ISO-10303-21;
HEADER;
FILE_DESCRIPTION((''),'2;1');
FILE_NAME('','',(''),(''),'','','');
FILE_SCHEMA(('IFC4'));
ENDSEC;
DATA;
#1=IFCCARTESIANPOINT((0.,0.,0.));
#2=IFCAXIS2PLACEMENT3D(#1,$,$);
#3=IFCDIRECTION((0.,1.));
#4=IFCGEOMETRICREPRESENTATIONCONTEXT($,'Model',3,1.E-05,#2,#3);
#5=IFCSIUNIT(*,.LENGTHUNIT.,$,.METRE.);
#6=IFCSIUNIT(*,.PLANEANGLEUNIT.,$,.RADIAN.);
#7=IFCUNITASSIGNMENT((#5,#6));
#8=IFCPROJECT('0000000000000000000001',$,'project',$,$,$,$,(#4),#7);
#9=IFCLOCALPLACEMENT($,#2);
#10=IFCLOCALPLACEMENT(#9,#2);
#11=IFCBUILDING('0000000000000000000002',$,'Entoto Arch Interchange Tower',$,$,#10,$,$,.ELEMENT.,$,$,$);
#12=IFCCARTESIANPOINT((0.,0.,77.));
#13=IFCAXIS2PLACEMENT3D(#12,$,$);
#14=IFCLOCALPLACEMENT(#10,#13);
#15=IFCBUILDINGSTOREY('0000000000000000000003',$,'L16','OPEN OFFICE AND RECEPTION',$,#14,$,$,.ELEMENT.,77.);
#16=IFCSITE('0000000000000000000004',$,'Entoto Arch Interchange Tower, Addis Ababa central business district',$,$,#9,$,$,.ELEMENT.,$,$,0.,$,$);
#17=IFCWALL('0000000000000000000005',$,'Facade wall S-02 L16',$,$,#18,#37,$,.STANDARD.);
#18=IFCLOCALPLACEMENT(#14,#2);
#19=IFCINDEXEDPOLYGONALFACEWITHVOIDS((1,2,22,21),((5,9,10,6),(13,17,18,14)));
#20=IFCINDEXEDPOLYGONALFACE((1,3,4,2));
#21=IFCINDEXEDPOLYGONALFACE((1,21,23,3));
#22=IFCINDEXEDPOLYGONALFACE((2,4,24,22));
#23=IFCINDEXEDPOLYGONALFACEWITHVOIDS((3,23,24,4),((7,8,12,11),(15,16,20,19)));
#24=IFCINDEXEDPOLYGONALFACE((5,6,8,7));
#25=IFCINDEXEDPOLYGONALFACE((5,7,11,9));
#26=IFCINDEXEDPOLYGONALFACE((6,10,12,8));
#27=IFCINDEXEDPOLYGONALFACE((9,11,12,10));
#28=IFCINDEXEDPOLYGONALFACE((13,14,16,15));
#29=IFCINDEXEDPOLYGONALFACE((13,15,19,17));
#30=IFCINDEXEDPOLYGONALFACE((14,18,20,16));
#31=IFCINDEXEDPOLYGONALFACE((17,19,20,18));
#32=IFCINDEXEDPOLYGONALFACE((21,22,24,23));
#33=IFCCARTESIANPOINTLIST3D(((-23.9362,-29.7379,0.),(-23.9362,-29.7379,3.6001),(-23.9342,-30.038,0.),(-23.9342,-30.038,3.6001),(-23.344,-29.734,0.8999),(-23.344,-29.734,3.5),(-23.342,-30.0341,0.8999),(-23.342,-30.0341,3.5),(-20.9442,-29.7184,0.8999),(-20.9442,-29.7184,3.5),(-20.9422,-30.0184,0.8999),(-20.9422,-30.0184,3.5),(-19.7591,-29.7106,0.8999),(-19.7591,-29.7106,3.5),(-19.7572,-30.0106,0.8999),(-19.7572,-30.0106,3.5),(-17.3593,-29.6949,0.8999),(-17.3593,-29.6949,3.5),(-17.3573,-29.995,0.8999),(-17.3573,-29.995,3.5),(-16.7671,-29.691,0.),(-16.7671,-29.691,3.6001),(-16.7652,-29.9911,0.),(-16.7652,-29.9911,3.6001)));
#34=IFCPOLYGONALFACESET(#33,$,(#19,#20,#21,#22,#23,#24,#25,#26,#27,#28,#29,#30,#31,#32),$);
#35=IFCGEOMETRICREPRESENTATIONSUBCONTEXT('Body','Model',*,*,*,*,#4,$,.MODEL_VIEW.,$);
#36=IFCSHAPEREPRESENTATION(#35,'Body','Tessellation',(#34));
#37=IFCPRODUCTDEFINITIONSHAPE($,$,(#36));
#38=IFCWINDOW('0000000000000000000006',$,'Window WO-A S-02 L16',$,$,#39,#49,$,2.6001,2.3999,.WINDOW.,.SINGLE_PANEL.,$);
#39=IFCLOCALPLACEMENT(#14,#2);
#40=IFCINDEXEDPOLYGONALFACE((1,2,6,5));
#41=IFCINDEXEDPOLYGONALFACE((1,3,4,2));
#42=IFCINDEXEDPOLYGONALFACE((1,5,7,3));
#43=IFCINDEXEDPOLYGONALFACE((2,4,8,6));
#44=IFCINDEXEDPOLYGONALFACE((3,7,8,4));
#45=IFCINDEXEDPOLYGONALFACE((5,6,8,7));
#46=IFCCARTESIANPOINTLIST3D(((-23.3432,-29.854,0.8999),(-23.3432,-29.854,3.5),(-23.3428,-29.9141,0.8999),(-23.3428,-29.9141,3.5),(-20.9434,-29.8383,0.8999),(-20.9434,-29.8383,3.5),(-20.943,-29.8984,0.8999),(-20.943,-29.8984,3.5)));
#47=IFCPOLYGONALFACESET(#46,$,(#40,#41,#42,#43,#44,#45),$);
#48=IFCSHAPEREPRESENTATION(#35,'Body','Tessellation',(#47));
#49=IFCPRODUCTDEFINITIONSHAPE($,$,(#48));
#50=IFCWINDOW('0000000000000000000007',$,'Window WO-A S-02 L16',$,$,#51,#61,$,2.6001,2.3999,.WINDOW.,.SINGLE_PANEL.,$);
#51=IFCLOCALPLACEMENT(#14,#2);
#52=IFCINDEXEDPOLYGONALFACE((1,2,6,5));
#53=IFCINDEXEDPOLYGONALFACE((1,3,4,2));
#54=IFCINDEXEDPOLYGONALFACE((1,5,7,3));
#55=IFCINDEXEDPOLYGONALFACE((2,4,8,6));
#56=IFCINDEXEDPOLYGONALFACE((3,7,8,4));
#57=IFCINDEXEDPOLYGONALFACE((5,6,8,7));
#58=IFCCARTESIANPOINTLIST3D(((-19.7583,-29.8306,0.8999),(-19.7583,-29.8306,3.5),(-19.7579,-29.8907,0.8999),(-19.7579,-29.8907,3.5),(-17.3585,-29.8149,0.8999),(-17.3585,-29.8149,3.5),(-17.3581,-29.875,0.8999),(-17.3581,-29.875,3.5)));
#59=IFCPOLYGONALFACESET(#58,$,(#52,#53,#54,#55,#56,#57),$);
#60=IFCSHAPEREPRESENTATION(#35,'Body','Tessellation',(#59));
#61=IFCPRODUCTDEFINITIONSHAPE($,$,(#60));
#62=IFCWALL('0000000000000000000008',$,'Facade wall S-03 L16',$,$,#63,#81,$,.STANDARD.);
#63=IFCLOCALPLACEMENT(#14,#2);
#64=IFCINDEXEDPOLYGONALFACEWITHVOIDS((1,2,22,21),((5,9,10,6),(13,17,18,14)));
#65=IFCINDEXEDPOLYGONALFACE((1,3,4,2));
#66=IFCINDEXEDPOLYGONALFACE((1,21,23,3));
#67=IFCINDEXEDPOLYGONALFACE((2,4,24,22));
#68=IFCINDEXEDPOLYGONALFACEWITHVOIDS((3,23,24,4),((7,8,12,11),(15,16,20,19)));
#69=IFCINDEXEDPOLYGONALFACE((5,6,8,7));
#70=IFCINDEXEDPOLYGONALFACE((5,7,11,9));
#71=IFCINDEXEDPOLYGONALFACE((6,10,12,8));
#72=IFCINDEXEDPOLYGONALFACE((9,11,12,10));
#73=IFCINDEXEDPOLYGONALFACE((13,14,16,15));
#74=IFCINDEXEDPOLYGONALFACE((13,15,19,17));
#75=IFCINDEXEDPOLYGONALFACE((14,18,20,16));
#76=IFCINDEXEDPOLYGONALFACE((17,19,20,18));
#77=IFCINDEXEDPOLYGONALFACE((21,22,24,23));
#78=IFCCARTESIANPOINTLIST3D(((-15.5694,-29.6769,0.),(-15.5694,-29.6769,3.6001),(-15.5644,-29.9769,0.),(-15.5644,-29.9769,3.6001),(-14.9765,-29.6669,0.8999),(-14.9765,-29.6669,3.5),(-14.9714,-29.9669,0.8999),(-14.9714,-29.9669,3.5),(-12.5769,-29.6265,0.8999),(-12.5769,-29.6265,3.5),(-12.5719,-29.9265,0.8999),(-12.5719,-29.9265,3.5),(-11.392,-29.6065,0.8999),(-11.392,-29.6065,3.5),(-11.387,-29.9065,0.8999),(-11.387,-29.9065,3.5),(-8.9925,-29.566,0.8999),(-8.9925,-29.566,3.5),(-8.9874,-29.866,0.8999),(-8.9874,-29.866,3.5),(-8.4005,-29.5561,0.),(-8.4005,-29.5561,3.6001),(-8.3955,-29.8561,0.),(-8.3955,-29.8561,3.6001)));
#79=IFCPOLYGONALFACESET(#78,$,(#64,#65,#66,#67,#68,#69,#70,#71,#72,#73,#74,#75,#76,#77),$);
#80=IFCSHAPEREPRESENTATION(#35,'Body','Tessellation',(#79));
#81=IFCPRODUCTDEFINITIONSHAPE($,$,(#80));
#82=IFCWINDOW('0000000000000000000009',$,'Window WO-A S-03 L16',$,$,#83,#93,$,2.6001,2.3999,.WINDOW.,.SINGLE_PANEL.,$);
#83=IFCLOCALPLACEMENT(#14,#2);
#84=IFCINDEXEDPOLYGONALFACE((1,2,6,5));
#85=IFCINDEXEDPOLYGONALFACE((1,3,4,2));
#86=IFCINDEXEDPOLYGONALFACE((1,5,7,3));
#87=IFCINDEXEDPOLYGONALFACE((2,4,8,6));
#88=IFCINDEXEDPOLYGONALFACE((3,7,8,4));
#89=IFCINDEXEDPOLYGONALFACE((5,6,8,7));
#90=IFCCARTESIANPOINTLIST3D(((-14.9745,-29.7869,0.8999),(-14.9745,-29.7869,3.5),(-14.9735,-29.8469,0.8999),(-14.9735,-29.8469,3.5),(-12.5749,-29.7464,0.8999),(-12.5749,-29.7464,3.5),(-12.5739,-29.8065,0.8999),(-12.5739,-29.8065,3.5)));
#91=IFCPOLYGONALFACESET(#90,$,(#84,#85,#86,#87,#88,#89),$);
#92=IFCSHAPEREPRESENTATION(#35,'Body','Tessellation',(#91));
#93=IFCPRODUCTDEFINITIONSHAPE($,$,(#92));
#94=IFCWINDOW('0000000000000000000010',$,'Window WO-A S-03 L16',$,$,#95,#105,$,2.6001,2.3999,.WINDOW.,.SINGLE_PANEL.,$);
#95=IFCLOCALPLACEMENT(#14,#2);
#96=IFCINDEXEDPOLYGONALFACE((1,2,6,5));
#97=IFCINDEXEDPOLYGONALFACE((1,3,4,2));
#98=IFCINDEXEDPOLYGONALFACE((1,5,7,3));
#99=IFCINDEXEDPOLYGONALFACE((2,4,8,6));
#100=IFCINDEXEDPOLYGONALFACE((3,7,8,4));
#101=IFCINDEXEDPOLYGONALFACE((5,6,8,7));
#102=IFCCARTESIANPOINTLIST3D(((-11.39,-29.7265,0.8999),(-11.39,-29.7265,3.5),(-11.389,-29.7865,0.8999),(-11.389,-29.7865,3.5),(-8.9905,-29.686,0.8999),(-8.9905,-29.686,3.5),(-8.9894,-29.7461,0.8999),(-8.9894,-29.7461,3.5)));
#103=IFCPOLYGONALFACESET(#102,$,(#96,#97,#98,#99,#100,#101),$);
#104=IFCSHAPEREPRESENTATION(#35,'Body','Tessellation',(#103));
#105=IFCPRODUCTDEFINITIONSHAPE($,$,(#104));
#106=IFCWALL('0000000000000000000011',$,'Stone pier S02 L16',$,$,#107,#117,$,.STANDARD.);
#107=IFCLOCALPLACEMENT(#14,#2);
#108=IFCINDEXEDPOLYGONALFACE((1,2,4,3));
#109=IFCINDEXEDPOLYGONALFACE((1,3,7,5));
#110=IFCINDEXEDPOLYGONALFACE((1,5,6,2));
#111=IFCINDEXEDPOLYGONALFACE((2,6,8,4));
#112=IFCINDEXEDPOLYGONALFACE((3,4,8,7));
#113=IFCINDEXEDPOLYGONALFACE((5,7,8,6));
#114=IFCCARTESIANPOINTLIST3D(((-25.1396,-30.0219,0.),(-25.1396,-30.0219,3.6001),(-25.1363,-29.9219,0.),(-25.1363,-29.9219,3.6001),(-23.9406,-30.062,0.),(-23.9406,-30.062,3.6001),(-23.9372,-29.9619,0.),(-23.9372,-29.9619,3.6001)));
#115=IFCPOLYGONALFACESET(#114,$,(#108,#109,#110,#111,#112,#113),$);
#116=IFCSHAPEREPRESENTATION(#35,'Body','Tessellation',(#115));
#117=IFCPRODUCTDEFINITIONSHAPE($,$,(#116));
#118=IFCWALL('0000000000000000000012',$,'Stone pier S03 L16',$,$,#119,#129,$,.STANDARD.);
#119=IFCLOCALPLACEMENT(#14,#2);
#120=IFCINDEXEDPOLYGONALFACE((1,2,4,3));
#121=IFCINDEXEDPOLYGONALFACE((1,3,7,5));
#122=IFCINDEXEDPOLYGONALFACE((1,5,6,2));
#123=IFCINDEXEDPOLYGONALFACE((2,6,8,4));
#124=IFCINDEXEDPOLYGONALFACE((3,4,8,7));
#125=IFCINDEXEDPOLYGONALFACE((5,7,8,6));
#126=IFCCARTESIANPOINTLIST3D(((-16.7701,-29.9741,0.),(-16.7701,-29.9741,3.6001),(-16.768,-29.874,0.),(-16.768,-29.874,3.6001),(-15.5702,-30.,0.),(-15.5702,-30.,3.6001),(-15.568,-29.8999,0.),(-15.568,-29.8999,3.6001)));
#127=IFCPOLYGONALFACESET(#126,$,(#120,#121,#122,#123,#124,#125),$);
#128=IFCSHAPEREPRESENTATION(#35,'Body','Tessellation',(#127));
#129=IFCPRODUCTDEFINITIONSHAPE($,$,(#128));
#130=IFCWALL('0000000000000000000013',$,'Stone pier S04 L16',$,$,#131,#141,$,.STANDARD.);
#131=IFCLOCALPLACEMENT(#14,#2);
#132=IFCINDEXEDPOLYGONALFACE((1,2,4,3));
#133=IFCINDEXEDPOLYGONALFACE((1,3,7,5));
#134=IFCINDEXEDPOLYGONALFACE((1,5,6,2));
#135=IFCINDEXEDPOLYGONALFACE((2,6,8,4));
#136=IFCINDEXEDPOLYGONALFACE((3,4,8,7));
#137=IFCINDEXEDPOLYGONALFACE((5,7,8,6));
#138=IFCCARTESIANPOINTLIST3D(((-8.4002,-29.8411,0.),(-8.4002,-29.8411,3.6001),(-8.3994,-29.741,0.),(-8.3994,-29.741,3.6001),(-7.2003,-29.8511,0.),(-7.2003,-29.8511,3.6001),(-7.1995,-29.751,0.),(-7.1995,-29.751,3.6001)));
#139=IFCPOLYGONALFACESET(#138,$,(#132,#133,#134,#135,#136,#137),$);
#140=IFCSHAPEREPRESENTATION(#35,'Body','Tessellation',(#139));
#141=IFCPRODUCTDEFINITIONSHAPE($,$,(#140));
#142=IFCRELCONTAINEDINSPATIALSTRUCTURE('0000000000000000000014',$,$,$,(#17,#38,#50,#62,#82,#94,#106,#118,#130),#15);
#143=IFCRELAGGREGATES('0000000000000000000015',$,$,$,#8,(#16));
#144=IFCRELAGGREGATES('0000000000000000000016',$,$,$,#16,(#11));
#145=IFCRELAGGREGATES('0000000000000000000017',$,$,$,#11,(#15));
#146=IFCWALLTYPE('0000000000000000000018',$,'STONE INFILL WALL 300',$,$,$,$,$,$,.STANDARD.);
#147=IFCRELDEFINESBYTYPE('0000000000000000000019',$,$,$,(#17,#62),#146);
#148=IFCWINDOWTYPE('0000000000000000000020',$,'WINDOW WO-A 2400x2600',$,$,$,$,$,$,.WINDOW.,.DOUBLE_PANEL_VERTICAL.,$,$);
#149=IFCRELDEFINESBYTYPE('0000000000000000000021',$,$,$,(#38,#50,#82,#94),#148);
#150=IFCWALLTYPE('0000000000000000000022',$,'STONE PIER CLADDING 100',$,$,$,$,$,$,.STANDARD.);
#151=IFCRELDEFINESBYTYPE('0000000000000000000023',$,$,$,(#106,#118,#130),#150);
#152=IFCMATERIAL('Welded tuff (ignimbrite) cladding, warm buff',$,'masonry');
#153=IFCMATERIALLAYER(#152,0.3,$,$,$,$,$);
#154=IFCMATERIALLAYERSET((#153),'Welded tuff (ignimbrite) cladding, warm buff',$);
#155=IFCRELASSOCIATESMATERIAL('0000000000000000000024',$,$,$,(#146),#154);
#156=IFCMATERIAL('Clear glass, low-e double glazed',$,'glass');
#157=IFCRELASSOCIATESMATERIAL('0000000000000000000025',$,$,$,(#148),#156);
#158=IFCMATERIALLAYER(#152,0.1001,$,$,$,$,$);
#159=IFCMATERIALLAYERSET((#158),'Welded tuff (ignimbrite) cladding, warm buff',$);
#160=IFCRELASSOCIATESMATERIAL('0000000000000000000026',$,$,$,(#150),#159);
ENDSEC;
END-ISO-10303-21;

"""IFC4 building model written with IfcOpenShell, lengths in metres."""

from ifc_helpers import new_model, si_unit, direction, frame, frame_2d, origin, place, context, subcontext, project, spatial, rectangle, extrude, material, layer, layer_set, type_object, element, fill, save


model = new_model("IFC4")

# Units and contexts
model_context = context("Model", 3, precision=1e-05, world=origin(), true_north=direction((0.0, 1.0)))
body_context = subcontext(model_context, "Body", "Model", "MODEL_VIEW")
ifc_project = project(units=[si_unit("LENGTHUNIT", "METRE"), si_unit("PLANEANGLEUNIT", "RADIAN")], contexts=[model_context])

# Site, building, storey
site_placement = place(None, origin())
site = spatial("IfcSite", under=ifc_project, at=site_placement, Name="Entoto Arch Interchange Tower, Addis Ababa central business district", CompositionType="ELEMENT", RefElevation=0.0)
building_placement = place(site_placement, origin())
building = spatial("IfcBuilding", under=site, at=building_placement, Name="Entoto Arch Interchange Tower", CompositionType="ELEMENT")
storey_placement = place(building_placement, frame((0.0, 0.0, 77.0)))
storey = spatial("IfcBuildingStorey", under=building, at=storey_placement, Name="L16", Description="OPEN OFFICE AND RECEPTION", CompositionType="ELEMENT", Elevation=77.0)

# Walls, openings, windows
ifc_material_1 = material(Name="Welded tuff (ignimbrite) cladding, warm buff", Category="masonry")
ifc_layer_1 = layer(ifc_material_1, 0.3)
ifc_layer_set_1 = layer_set([ifc_layer_1], Name="Welded tuff (ignimbrite) cladding, warm buff")
wall_type_1 = type_object("IfcWallType", Name="STONE INFILL WALL 300", PredefinedType="STANDARD", material=ifc_layer_set_1)
ifc_material_2 = material(Name="Clear glass, low-e double glazed", Category="glass")
window_type = type_object("IfcWindowType", Name="WINDOW WO-A 2400x2600", PartitioningType="DOUBLE_PANEL_VERTICAL", PredefinedType="WINDOW", material=ifc_material_2)
wall_1_placement = place(storey_placement, frame((-23.9351, -29.8879, 0.0), z_axis=(0.0, 0.0, 1.0), x_axis=(0.999979, 0.006538, 0.0)))
wall_1 = element("IfcWall", 1, at=wall_1_placement, inside=storey, type_object=wall_type_1, Name="Facade wall S-02 L16", PredefinedType="STANDARD", context=body_context, shape_type="SweptSolid", body=[
    extrude(rectangle(XDim=7.1692, YDim=0.3, at=frame_2d((3.5845, 0.0))), origin(), (0.0, 0.0, 1.0), 3.6001),
])
opening_1_placement = place(wall_1_placement, frame((0.592, 0.0, 0.8999)))
opening_1 = element("IfcOpeningElement", 2, at=opening_1_placement, cuts=wall_1, PredefinedType="OPENING", context=body_context, shape_type="SweptSolid", body=[
    extrude(rectangle(XDim=2.3999, YDim=2.6001, at=frame_2d((1.2, 1.3))), frame((0.0, 0.1602, 0.0), z_axis=(0.0, -1.0, 0.0), x_axis=(1.0, 0.0, 0.0)), (0.0, 0.0, 1.0), 0.3201),
])
opening_2_placement = place(wall_1_placement, frame((4.177, 0.0, 0.8999)))
opening_2 = element("IfcOpeningElement", 3, at=opening_2_placement, cuts=wall_1, PredefinedType="OPENING", context=body_context, shape_type="SweptSolid", body=[
    extrude(rectangle(XDim=2.3999, YDim=2.6001, at=frame_2d((1.2, 1.3))), frame((0.0, 0.1602, 0.0), z_axis=(0.0, -1.0, 0.0), x_axis=(1.0, 0.0, 0.0)), (0.0, 0.0, 1.0), 0.3201),
])
window_1_placement = place(opening_1_placement, origin())
window_1 = element("IfcWindow", 4, at=window_1_placement, inside=storey, type_object=window_type, Name="Window WO-A S-02 L16", OverallHeight=2.6001, OverallWidth=2.3999, PartitioningType="SINGLE_PANEL", PredefinedType="WINDOW", context=body_context, shape_type="SweptSolid", body=[
    extrude(rectangle(XDim=2.3999, YDim=2.6001, at=frame_2d((1.2, 1.3))), frame((0.0, 0.03, 0.0), z_axis=(0.0, -1.0, 0.0), x_axis=(1.0, 0.0, 0.0)), (0.0, 0.0, 1.0), 0.0601),
])
fill(opening_1, window_1)
window_2_placement = place(opening_2_placement, origin())
window_2 = element("IfcWindow", 5, at=window_2_placement, inside=storey, type_object=window_type, Name="Window WO-A S-02 L16", OverallHeight=2.6001, OverallWidth=2.3999, PartitioningType="SINGLE_PANEL", PredefinedType="WINDOW", context=body_context, shape_type="SweptSolid", body=[
    extrude(rectangle(XDim=2.3999, YDim=2.6001, at=frame_2d((1.2, 1.3))), frame((0.0, 0.03, 0.0), z_axis=(0.0, -1.0, 0.0), x_axis=(1.0, 0.0, 0.0)), (0.0, 0.0, 1.0), 0.0601),
])
fill(opening_2, window_2)
wall_2_placement = place(storey_placement, frame((-15.5669, -29.8269, 0.0), z_axis=(0.0, 0.0, 1.0), x_axis=(0.999858, 0.016855, 0.0)))
wall_2 = element("IfcWall", 6, at=wall_2_placement, inside=storey, type_object=wall_type_1, Name="Facade wall S-03 L16", PredefinedType="STANDARD", context=body_context, shape_type="SweptSolid", body=[
    extrude(rectangle(XDim=7.1699, YDim=0.3, at=frame_2d((3.585, 0.0))), origin(), (0.0, 0.0, 1.0), 3.6001),
])
opening_3_placement = place(wall_2_placement, frame((0.593, 0.0, 0.8999)))
opening_3 = element("IfcOpeningElement", 7, at=opening_3_placement, cuts=wall_2, PredefinedType="OPENING", context=body_context, shape_type="SweptSolid", body=[
    extrude(rectangle(XDim=2.3999, YDim=2.6001, at=frame_2d((1.2, 1.3))), frame((0.0, 0.1602, 0.0), z_axis=(0.0, -1.0, 0.0), x_axis=(1.0, 0.0, 0.0)), (0.0, 0.0, 1.0), 0.3201),
])
opening_4_placement = place(wall_2_placement, frame((4.178, 0.0, 0.8999)))
opening_4 = element("IfcOpeningElement", 8, at=opening_4_placement, cuts=wall_2, PredefinedType="OPENING", context=body_context, shape_type="SweptSolid", body=[
    extrude(rectangle(XDim=2.3999, YDim=2.6001, at=frame_2d((1.2, 1.3))), frame((0.0, 0.1602, 0.0), z_axis=(0.0, -1.0, 0.0), x_axis=(1.0, 0.0, 0.0)), (0.0, 0.0, 1.0), 0.3201),
])
window_3_placement = place(opening_3_placement, origin())
window_3 = element("IfcWindow", 9, at=window_3_placement, inside=storey, type_object=window_type, Name="Window WO-A S-03 L16", OverallHeight=2.6001, OverallWidth=2.3999, PartitioningType="SINGLE_PANEL", PredefinedType="WINDOW", context=body_context, shape_type="SweptSolid", body=[
    extrude(rectangle(XDim=2.3999, YDim=2.6001, at=frame_2d((1.2, 1.3))), frame((0.0, 0.03, 0.0), z_axis=(0.0, -1.0, 0.0), x_axis=(1.0, 0.0, 0.0)), (0.0, 0.0, 1.0), 0.0601),
])
fill(opening_3, window_3)
window_4_placement = place(opening_4_placement, origin())
window_4 = element("IfcWindow", 10, at=window_4_placement, inside=storey, type_object=window_type, Name="Window WO-A S-03 L16", OverallHeight=2.6001, OverallWidth=2.3999, PartitioningType="SINGLE_PANEL", PredefinedType="WINDOW", context=body_context, shape_type="SweptSolid", body=[
    extrude(rectangle(XDim=2.3999, YDim=2.6001, at=frame_2d((1.2, 1.3))), frame((0.0, 0.03, 0.0), z_axis=(0.0, -1.0, 0.0), x_axis=(1.0, 0.0, 0.0)), (0.0, 0.0, 1.0), 0.0601),
])
fill(opening_4, window_4)

# Walls
ifc_layer_2 = layer(ifc_material_1, 0.1001)
ifc_layer_set_2 = layer_set([ifc_layer_2], Name="Welded tuff (ignimbrite) cladding, warm buff")
wall_type_2 = type_object("IfcWallType", Name="STONE PIER CLADDING 100", PredefinedType="STANDARD", material=ifc_layer_set_2)
wall_3_placement = place(storey_placement, frame((-25.1379, -29.9719, 0.0), z_axis=(0.0, 0.0, 1.0), x_axis=(0.999443, -0.033376, 0.0)))
element("IfcWall", 11, at=wall_3_placement, inside=storey, type_object=wall_type_2, Name="Stone pier S02 L16", PredefinedType="STANDARD", context=body_context, shape_type="SweptSolid", body=[
    extrude(rectangle(XDim=1.1997, YDim=0.1001, at=frame_2d((0.5999, 0.0))), origin(), (0.0, 0.0, 1.0), 3.6001),
])
wall_4_placement = place(storey_placement, frame((-16.769, -29.9241, 0.0), z_axis=(0.0, 0.0, 1.0), x_axis=(0.999768, -0.021562, 0.0)))
element("IfcWall", 12, at=wall_4_placement, inside=storey, type_object=wall_type_2, Name="Stone pier S03 L16", PredefinedType="STANDARD", context=body_context, shape_type="SweptSolid", body=[
    extrude(rectangle(XDim=1.2002, YDim=0.1001, at=frame_2d((0.6001, 0.0))), origin(), (0.0, 0.0, 1.0), 3.6001),
])
wall_5_placement = place(storey_placement, frame((-8.3999, -29.791, 0.0), z_axis=(0.0, 0.0, 1.0), x_axis=(0.999965, -0.008342, 0.0)))
element("IfcWall", 13, at=wall_5_placement, inside=storey, type_object=wall_type_2, Name="Stone pier S04 L16", PredefinedType="STANDARD", context=body_context, shape_type="SweptSolid", body=[
    extrude(rectangle(XDim=1.2, YDim=0.1001, at=frame_2d((0.6001, 0.0))), origin(), (0.0, 0.0, 1.0), 3.6001),
])

save(model, "model.ifc")
